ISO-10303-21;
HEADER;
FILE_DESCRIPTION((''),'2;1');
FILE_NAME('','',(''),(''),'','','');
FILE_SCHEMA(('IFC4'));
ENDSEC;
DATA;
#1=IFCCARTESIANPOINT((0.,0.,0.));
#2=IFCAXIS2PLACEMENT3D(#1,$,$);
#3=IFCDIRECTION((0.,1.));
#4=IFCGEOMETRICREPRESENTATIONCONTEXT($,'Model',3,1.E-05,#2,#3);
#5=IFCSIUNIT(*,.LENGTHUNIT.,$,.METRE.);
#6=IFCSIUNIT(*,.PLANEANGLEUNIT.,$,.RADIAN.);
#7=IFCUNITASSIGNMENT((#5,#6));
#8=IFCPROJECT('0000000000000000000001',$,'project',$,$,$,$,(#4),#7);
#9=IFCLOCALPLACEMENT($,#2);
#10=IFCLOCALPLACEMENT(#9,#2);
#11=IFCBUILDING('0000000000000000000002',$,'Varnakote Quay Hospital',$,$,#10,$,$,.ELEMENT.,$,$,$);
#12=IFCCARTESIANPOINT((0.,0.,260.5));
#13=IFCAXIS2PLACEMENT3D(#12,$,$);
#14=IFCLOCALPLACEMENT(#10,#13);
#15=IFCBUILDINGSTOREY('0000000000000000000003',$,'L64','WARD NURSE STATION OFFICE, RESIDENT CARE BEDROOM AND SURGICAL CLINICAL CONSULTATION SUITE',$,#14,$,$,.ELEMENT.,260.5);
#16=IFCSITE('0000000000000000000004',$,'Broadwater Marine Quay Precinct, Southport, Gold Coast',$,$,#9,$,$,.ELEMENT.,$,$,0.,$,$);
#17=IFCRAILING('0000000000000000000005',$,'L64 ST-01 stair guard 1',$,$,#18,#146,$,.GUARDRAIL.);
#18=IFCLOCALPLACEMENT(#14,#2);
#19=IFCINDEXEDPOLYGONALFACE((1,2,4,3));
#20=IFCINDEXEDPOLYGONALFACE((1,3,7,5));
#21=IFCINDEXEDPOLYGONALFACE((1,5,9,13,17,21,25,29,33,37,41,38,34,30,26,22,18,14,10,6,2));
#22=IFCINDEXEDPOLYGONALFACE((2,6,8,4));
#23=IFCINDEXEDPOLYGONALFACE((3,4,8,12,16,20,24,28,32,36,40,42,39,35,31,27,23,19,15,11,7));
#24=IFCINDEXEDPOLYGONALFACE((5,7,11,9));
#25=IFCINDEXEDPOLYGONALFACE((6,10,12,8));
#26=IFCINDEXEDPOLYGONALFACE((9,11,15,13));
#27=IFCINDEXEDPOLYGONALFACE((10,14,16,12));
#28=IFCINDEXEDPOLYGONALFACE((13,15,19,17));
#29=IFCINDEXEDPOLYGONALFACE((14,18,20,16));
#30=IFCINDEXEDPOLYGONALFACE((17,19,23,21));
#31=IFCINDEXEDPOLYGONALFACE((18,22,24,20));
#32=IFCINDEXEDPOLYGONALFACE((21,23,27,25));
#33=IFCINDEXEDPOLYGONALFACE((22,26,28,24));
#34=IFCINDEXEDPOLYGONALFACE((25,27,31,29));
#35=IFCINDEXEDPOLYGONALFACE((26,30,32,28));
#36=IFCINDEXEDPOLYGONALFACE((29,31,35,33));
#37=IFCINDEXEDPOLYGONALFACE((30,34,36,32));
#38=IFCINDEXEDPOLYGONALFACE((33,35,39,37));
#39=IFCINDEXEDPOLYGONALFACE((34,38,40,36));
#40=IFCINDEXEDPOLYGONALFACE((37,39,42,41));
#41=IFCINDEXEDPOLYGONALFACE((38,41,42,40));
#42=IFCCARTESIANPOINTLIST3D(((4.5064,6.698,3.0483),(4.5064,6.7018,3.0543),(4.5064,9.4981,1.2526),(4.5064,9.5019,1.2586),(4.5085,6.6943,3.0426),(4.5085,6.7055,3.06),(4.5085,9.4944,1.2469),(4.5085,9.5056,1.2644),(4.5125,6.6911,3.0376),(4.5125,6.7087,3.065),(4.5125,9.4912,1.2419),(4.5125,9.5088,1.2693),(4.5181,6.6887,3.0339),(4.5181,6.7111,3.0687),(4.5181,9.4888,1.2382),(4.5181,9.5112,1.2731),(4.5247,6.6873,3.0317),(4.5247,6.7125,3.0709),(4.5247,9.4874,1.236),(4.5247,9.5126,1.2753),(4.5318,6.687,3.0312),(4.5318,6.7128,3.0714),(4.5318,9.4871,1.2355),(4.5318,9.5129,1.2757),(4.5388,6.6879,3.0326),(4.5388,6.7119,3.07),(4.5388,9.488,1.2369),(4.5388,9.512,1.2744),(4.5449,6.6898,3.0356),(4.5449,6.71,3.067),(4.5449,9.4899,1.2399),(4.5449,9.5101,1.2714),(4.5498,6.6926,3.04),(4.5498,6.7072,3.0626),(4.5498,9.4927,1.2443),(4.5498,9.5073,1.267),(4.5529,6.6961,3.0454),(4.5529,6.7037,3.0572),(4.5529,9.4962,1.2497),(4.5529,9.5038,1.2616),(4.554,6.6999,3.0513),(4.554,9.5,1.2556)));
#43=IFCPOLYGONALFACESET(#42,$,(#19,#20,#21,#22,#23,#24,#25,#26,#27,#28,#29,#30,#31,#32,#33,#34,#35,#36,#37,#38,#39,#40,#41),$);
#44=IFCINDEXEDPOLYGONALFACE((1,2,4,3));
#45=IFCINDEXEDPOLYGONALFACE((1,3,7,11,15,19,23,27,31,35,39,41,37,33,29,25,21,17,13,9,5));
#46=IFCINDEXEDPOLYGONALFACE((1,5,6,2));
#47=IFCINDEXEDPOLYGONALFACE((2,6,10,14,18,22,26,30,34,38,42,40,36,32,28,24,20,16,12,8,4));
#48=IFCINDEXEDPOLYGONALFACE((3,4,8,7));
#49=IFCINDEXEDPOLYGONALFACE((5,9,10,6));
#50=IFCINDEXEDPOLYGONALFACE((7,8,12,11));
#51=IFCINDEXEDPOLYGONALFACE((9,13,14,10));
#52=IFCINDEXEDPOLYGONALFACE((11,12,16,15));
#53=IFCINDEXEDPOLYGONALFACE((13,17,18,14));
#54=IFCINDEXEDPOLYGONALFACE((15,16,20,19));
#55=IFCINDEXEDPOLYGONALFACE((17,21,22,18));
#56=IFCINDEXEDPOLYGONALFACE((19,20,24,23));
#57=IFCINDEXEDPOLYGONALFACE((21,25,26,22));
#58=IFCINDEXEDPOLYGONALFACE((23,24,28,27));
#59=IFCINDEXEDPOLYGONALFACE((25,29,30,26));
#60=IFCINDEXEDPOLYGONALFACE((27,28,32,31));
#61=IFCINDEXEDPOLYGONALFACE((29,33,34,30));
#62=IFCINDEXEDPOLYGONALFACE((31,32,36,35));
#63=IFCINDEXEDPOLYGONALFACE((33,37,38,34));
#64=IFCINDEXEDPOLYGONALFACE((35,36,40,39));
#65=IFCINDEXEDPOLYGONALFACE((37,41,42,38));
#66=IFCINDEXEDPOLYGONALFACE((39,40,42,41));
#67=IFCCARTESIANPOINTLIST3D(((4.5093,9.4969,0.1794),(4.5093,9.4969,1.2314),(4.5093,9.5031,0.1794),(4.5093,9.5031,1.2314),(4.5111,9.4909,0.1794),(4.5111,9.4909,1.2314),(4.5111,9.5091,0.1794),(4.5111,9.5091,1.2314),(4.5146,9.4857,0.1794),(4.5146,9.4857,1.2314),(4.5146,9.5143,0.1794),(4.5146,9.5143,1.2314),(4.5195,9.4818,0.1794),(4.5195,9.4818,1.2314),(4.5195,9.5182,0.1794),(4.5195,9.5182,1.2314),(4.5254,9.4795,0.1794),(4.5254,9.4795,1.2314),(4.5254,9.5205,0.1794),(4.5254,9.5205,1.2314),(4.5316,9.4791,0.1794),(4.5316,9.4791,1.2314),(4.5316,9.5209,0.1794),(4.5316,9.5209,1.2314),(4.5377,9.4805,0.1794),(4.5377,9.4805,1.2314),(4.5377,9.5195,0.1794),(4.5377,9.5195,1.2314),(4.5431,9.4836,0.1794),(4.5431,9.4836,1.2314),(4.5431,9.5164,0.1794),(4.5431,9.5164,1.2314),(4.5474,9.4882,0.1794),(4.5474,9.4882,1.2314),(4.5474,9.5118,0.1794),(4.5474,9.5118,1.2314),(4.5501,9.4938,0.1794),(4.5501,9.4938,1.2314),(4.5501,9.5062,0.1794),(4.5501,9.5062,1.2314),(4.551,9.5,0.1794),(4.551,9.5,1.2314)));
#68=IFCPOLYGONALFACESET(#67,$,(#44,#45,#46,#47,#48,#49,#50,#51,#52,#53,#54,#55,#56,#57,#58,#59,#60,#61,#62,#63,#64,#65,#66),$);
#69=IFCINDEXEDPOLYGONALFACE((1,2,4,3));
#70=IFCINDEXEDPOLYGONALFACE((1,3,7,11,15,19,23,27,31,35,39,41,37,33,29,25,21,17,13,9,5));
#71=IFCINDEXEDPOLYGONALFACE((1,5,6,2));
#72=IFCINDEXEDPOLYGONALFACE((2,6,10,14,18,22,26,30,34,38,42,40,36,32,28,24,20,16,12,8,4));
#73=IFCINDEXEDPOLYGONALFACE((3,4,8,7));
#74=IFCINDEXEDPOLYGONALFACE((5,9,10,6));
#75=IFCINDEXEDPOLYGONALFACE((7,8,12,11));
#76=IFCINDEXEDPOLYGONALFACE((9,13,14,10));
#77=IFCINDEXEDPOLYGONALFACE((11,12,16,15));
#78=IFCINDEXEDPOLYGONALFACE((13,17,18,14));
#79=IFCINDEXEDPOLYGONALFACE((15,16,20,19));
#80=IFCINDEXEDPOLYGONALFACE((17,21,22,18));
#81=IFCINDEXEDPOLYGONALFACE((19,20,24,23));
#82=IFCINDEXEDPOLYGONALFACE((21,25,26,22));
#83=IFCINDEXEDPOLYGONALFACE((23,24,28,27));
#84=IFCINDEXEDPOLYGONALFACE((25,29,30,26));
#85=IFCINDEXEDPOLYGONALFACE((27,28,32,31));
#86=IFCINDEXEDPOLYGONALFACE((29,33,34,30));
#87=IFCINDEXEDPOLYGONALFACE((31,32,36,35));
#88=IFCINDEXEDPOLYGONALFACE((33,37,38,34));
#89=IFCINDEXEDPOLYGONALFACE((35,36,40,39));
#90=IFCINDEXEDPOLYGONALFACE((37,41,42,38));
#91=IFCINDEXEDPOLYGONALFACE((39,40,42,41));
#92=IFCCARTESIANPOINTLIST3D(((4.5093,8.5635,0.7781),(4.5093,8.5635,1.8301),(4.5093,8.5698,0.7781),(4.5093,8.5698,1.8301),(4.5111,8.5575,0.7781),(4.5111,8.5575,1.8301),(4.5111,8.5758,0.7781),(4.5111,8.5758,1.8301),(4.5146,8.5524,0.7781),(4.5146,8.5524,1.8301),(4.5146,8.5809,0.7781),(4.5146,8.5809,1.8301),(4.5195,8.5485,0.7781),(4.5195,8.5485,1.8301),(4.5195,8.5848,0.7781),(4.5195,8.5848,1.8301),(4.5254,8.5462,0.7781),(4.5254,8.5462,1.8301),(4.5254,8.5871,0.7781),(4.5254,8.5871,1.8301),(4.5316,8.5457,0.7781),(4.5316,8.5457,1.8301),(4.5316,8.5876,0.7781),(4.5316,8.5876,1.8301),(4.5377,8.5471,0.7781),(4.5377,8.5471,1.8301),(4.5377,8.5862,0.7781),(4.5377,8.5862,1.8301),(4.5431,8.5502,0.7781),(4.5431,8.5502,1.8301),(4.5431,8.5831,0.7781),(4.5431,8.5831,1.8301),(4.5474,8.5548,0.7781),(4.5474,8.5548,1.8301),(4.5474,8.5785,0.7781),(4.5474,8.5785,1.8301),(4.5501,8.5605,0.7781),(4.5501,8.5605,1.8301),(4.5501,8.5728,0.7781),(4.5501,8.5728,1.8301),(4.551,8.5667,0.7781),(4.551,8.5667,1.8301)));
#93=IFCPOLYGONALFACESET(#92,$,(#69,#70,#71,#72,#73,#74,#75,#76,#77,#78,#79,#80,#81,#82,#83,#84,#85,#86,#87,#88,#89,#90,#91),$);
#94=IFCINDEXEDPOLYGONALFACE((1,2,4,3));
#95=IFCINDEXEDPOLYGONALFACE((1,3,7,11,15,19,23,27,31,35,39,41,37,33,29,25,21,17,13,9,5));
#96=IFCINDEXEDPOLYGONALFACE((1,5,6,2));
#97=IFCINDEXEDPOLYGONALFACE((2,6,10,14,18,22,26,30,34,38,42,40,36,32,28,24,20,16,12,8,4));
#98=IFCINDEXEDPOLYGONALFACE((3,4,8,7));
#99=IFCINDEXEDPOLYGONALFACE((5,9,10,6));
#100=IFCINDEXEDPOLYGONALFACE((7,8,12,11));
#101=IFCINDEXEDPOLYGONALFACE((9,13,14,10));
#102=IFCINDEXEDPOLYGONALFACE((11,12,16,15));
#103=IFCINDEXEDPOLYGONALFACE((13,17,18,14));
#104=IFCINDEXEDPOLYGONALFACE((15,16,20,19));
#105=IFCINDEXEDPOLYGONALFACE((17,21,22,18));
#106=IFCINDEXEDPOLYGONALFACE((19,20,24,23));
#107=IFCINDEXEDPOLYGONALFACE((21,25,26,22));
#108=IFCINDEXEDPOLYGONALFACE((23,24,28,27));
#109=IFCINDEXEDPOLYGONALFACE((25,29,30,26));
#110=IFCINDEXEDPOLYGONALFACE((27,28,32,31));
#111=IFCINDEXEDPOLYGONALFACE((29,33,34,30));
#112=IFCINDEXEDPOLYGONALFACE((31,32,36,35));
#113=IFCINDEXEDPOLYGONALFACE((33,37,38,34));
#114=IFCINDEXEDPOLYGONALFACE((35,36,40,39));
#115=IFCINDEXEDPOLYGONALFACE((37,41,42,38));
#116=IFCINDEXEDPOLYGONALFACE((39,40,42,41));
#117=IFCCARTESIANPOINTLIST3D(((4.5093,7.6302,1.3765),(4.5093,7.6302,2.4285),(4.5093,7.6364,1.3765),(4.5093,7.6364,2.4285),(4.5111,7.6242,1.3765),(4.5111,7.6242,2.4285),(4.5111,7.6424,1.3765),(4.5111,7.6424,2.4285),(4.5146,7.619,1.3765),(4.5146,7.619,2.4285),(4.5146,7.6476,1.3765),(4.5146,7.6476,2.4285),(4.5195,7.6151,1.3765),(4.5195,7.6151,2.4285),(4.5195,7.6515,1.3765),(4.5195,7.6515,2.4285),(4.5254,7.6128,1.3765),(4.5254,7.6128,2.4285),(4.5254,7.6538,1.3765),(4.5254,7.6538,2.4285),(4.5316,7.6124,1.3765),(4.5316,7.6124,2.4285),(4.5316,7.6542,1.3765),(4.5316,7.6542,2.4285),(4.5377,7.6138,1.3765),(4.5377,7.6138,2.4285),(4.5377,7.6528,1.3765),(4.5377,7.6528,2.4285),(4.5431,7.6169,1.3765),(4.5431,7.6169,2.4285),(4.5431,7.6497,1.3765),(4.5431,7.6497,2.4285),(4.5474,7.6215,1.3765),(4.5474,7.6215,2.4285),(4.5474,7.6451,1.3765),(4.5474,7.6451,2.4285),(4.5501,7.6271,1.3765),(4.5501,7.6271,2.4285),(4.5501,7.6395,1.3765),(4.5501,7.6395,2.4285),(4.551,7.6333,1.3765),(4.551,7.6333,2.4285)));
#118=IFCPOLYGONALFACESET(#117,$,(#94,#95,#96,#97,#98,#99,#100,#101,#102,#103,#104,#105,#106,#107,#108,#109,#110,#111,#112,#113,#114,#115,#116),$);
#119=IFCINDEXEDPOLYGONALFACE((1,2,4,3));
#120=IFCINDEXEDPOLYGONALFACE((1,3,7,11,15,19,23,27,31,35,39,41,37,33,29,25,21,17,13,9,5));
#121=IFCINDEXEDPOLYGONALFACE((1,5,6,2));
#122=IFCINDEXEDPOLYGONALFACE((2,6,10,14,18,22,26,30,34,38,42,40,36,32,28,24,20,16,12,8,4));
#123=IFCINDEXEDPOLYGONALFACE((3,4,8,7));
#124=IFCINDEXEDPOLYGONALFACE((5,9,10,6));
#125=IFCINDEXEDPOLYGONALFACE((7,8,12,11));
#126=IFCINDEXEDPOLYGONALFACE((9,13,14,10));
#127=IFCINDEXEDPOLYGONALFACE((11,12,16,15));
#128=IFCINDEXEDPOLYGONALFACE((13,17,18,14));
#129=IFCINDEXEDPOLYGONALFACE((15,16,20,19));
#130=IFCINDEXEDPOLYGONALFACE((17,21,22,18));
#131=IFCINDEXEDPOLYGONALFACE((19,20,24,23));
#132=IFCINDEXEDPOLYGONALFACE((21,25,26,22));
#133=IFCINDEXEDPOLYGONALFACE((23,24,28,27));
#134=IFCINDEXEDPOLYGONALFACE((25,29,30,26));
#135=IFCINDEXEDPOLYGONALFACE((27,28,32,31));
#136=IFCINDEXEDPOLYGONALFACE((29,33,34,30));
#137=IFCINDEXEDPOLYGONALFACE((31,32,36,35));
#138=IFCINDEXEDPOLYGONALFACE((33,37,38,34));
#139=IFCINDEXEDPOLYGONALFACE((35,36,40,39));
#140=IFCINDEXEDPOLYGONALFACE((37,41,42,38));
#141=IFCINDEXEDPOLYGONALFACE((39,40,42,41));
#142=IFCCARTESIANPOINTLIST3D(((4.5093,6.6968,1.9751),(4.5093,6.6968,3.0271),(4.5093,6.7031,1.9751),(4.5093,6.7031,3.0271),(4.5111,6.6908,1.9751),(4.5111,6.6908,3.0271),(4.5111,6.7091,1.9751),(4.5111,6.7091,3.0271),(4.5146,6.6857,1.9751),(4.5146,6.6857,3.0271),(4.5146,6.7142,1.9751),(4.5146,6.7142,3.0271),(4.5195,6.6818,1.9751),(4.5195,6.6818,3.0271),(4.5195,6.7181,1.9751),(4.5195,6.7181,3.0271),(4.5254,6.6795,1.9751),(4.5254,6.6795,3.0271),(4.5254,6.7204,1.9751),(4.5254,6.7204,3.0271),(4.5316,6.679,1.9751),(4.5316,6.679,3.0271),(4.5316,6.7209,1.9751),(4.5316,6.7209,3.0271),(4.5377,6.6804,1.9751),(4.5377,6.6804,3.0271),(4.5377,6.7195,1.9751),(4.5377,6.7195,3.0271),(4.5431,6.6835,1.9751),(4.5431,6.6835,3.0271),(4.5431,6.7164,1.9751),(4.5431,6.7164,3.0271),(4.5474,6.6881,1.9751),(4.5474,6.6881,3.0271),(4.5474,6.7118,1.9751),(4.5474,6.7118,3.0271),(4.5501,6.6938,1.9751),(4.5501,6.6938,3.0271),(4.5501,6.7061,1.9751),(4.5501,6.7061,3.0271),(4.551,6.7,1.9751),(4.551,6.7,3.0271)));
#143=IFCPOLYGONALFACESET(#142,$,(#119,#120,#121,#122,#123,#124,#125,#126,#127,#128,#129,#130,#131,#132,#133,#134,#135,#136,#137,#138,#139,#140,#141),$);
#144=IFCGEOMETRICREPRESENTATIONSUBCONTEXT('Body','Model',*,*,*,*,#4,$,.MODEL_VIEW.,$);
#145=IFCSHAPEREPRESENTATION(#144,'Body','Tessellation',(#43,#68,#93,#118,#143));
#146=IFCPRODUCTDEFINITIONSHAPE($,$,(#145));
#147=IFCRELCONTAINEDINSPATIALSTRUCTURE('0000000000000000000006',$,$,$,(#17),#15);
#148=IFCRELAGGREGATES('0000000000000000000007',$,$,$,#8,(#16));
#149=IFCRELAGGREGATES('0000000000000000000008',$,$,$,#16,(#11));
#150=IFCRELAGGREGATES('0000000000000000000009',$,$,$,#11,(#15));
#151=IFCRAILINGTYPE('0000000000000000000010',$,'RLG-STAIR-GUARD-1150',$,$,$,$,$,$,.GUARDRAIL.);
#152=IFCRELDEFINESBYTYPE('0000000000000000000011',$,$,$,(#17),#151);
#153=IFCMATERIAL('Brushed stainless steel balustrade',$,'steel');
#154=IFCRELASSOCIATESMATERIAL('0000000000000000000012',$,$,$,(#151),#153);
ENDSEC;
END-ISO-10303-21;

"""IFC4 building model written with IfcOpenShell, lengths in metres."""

from ifc_helpers import new_model, si_unit, direction, frame, origin, origin_2d, place, context, subcontext, project, spatial, circle, extrude, material, type_object, element, save


model = new_model("IFC4")

# Units and contexts
model_context = context("Model", 3, precision=1e-05, world=origin(), true_north=direction((0.0, 1.0)))
body_context = subcontext(model_context, "Body", "Model", "MODEL_VIEW")
ifc_project = project(units=[si_unit("LENGTHUNIT", "METRE"), si_unit("PLANEANGLEUNIT", "RADIAN")], contexts=[model_context])

# Site, building, storey
site_placement = place(None, origin())
site = spatial("IfcSite", under=ifc_project, at=site_placement, Name="Broadwater Marine Quay Precinct, Southport, Gold Coast", CompositionType="ELEMENT", RefElevation=0.0)
building_placement = place(site_placement, origin())
building = spatial("IfcBuilding", under=site, at=building_placement, Name="Varnakote Quay Hospital", CompositionType="ELEMENT")
storey_placement = place(building_placement, frame((0.0, 0.0, 260.5)))
storey = spatial("IfcBuildingStorey", under=building, at=storey_placement, Name="L64", Description="WARD NURSE STATION OFFICE, RESIDENT CARE BEDROOM AND SURGICAL CLINICAL CONSULTATION SUITE", CompositionType="ELEMENT", Elevation=260.5)

# Railing
ifc_material_1 = material(Name="Brushed stainless steel balustrade", Category="steel")
railing_type_1 = type_object("IfcRailingType", Name="RLG-STAIR-GUARD-1150", PredefinedType="GUARDRAIL", material=ifc_material_1)
railing_1_placement = place(storey_placement, frame((4.53, 9.5, 0.1794)))
element("IfcRailing", 1, at=railing_1_placement, inside=storey, type_object=railing_type_1, Name="L64 ST-01 stair guard 1", PredefinedType="GUARDRAIL", context=body_context, shape_type="SweptSolid", body=[
    extrude(circle(Radius=0.0239, at=origin_2d()), frame((0.0, 0.0, 1.0762), z_axis=(0.0, -0.841777, 0.539826), x_axis=(1.0, 0.0, 0.0)), (0.0, 0.0, 1.0), 3.3264),
    extrude(circle(Radius=0.021, at=origin_2d()), origin(), (0.0, 0.0, 1.0), 1.052),
    extrude(circle(Radius=0.021, at=origin_2d()), frame((0.0, -0.9333, 0.5986)), (0.0, 0.0, 1.0), 1.052),
    extrude(circle(Radius=0.021, at=origin_2d()), frame((0.0, -1.8667, 1.197)), (0.0, 0.0, 1.0), 1.052),
    extrude(circle(Radius=0.021, at=origin_2d()), frame((0.0, -2.8, 1.7957)), (0.0, 0.0, 1.0), 1.052),
])

save(model, "model.ifc")
